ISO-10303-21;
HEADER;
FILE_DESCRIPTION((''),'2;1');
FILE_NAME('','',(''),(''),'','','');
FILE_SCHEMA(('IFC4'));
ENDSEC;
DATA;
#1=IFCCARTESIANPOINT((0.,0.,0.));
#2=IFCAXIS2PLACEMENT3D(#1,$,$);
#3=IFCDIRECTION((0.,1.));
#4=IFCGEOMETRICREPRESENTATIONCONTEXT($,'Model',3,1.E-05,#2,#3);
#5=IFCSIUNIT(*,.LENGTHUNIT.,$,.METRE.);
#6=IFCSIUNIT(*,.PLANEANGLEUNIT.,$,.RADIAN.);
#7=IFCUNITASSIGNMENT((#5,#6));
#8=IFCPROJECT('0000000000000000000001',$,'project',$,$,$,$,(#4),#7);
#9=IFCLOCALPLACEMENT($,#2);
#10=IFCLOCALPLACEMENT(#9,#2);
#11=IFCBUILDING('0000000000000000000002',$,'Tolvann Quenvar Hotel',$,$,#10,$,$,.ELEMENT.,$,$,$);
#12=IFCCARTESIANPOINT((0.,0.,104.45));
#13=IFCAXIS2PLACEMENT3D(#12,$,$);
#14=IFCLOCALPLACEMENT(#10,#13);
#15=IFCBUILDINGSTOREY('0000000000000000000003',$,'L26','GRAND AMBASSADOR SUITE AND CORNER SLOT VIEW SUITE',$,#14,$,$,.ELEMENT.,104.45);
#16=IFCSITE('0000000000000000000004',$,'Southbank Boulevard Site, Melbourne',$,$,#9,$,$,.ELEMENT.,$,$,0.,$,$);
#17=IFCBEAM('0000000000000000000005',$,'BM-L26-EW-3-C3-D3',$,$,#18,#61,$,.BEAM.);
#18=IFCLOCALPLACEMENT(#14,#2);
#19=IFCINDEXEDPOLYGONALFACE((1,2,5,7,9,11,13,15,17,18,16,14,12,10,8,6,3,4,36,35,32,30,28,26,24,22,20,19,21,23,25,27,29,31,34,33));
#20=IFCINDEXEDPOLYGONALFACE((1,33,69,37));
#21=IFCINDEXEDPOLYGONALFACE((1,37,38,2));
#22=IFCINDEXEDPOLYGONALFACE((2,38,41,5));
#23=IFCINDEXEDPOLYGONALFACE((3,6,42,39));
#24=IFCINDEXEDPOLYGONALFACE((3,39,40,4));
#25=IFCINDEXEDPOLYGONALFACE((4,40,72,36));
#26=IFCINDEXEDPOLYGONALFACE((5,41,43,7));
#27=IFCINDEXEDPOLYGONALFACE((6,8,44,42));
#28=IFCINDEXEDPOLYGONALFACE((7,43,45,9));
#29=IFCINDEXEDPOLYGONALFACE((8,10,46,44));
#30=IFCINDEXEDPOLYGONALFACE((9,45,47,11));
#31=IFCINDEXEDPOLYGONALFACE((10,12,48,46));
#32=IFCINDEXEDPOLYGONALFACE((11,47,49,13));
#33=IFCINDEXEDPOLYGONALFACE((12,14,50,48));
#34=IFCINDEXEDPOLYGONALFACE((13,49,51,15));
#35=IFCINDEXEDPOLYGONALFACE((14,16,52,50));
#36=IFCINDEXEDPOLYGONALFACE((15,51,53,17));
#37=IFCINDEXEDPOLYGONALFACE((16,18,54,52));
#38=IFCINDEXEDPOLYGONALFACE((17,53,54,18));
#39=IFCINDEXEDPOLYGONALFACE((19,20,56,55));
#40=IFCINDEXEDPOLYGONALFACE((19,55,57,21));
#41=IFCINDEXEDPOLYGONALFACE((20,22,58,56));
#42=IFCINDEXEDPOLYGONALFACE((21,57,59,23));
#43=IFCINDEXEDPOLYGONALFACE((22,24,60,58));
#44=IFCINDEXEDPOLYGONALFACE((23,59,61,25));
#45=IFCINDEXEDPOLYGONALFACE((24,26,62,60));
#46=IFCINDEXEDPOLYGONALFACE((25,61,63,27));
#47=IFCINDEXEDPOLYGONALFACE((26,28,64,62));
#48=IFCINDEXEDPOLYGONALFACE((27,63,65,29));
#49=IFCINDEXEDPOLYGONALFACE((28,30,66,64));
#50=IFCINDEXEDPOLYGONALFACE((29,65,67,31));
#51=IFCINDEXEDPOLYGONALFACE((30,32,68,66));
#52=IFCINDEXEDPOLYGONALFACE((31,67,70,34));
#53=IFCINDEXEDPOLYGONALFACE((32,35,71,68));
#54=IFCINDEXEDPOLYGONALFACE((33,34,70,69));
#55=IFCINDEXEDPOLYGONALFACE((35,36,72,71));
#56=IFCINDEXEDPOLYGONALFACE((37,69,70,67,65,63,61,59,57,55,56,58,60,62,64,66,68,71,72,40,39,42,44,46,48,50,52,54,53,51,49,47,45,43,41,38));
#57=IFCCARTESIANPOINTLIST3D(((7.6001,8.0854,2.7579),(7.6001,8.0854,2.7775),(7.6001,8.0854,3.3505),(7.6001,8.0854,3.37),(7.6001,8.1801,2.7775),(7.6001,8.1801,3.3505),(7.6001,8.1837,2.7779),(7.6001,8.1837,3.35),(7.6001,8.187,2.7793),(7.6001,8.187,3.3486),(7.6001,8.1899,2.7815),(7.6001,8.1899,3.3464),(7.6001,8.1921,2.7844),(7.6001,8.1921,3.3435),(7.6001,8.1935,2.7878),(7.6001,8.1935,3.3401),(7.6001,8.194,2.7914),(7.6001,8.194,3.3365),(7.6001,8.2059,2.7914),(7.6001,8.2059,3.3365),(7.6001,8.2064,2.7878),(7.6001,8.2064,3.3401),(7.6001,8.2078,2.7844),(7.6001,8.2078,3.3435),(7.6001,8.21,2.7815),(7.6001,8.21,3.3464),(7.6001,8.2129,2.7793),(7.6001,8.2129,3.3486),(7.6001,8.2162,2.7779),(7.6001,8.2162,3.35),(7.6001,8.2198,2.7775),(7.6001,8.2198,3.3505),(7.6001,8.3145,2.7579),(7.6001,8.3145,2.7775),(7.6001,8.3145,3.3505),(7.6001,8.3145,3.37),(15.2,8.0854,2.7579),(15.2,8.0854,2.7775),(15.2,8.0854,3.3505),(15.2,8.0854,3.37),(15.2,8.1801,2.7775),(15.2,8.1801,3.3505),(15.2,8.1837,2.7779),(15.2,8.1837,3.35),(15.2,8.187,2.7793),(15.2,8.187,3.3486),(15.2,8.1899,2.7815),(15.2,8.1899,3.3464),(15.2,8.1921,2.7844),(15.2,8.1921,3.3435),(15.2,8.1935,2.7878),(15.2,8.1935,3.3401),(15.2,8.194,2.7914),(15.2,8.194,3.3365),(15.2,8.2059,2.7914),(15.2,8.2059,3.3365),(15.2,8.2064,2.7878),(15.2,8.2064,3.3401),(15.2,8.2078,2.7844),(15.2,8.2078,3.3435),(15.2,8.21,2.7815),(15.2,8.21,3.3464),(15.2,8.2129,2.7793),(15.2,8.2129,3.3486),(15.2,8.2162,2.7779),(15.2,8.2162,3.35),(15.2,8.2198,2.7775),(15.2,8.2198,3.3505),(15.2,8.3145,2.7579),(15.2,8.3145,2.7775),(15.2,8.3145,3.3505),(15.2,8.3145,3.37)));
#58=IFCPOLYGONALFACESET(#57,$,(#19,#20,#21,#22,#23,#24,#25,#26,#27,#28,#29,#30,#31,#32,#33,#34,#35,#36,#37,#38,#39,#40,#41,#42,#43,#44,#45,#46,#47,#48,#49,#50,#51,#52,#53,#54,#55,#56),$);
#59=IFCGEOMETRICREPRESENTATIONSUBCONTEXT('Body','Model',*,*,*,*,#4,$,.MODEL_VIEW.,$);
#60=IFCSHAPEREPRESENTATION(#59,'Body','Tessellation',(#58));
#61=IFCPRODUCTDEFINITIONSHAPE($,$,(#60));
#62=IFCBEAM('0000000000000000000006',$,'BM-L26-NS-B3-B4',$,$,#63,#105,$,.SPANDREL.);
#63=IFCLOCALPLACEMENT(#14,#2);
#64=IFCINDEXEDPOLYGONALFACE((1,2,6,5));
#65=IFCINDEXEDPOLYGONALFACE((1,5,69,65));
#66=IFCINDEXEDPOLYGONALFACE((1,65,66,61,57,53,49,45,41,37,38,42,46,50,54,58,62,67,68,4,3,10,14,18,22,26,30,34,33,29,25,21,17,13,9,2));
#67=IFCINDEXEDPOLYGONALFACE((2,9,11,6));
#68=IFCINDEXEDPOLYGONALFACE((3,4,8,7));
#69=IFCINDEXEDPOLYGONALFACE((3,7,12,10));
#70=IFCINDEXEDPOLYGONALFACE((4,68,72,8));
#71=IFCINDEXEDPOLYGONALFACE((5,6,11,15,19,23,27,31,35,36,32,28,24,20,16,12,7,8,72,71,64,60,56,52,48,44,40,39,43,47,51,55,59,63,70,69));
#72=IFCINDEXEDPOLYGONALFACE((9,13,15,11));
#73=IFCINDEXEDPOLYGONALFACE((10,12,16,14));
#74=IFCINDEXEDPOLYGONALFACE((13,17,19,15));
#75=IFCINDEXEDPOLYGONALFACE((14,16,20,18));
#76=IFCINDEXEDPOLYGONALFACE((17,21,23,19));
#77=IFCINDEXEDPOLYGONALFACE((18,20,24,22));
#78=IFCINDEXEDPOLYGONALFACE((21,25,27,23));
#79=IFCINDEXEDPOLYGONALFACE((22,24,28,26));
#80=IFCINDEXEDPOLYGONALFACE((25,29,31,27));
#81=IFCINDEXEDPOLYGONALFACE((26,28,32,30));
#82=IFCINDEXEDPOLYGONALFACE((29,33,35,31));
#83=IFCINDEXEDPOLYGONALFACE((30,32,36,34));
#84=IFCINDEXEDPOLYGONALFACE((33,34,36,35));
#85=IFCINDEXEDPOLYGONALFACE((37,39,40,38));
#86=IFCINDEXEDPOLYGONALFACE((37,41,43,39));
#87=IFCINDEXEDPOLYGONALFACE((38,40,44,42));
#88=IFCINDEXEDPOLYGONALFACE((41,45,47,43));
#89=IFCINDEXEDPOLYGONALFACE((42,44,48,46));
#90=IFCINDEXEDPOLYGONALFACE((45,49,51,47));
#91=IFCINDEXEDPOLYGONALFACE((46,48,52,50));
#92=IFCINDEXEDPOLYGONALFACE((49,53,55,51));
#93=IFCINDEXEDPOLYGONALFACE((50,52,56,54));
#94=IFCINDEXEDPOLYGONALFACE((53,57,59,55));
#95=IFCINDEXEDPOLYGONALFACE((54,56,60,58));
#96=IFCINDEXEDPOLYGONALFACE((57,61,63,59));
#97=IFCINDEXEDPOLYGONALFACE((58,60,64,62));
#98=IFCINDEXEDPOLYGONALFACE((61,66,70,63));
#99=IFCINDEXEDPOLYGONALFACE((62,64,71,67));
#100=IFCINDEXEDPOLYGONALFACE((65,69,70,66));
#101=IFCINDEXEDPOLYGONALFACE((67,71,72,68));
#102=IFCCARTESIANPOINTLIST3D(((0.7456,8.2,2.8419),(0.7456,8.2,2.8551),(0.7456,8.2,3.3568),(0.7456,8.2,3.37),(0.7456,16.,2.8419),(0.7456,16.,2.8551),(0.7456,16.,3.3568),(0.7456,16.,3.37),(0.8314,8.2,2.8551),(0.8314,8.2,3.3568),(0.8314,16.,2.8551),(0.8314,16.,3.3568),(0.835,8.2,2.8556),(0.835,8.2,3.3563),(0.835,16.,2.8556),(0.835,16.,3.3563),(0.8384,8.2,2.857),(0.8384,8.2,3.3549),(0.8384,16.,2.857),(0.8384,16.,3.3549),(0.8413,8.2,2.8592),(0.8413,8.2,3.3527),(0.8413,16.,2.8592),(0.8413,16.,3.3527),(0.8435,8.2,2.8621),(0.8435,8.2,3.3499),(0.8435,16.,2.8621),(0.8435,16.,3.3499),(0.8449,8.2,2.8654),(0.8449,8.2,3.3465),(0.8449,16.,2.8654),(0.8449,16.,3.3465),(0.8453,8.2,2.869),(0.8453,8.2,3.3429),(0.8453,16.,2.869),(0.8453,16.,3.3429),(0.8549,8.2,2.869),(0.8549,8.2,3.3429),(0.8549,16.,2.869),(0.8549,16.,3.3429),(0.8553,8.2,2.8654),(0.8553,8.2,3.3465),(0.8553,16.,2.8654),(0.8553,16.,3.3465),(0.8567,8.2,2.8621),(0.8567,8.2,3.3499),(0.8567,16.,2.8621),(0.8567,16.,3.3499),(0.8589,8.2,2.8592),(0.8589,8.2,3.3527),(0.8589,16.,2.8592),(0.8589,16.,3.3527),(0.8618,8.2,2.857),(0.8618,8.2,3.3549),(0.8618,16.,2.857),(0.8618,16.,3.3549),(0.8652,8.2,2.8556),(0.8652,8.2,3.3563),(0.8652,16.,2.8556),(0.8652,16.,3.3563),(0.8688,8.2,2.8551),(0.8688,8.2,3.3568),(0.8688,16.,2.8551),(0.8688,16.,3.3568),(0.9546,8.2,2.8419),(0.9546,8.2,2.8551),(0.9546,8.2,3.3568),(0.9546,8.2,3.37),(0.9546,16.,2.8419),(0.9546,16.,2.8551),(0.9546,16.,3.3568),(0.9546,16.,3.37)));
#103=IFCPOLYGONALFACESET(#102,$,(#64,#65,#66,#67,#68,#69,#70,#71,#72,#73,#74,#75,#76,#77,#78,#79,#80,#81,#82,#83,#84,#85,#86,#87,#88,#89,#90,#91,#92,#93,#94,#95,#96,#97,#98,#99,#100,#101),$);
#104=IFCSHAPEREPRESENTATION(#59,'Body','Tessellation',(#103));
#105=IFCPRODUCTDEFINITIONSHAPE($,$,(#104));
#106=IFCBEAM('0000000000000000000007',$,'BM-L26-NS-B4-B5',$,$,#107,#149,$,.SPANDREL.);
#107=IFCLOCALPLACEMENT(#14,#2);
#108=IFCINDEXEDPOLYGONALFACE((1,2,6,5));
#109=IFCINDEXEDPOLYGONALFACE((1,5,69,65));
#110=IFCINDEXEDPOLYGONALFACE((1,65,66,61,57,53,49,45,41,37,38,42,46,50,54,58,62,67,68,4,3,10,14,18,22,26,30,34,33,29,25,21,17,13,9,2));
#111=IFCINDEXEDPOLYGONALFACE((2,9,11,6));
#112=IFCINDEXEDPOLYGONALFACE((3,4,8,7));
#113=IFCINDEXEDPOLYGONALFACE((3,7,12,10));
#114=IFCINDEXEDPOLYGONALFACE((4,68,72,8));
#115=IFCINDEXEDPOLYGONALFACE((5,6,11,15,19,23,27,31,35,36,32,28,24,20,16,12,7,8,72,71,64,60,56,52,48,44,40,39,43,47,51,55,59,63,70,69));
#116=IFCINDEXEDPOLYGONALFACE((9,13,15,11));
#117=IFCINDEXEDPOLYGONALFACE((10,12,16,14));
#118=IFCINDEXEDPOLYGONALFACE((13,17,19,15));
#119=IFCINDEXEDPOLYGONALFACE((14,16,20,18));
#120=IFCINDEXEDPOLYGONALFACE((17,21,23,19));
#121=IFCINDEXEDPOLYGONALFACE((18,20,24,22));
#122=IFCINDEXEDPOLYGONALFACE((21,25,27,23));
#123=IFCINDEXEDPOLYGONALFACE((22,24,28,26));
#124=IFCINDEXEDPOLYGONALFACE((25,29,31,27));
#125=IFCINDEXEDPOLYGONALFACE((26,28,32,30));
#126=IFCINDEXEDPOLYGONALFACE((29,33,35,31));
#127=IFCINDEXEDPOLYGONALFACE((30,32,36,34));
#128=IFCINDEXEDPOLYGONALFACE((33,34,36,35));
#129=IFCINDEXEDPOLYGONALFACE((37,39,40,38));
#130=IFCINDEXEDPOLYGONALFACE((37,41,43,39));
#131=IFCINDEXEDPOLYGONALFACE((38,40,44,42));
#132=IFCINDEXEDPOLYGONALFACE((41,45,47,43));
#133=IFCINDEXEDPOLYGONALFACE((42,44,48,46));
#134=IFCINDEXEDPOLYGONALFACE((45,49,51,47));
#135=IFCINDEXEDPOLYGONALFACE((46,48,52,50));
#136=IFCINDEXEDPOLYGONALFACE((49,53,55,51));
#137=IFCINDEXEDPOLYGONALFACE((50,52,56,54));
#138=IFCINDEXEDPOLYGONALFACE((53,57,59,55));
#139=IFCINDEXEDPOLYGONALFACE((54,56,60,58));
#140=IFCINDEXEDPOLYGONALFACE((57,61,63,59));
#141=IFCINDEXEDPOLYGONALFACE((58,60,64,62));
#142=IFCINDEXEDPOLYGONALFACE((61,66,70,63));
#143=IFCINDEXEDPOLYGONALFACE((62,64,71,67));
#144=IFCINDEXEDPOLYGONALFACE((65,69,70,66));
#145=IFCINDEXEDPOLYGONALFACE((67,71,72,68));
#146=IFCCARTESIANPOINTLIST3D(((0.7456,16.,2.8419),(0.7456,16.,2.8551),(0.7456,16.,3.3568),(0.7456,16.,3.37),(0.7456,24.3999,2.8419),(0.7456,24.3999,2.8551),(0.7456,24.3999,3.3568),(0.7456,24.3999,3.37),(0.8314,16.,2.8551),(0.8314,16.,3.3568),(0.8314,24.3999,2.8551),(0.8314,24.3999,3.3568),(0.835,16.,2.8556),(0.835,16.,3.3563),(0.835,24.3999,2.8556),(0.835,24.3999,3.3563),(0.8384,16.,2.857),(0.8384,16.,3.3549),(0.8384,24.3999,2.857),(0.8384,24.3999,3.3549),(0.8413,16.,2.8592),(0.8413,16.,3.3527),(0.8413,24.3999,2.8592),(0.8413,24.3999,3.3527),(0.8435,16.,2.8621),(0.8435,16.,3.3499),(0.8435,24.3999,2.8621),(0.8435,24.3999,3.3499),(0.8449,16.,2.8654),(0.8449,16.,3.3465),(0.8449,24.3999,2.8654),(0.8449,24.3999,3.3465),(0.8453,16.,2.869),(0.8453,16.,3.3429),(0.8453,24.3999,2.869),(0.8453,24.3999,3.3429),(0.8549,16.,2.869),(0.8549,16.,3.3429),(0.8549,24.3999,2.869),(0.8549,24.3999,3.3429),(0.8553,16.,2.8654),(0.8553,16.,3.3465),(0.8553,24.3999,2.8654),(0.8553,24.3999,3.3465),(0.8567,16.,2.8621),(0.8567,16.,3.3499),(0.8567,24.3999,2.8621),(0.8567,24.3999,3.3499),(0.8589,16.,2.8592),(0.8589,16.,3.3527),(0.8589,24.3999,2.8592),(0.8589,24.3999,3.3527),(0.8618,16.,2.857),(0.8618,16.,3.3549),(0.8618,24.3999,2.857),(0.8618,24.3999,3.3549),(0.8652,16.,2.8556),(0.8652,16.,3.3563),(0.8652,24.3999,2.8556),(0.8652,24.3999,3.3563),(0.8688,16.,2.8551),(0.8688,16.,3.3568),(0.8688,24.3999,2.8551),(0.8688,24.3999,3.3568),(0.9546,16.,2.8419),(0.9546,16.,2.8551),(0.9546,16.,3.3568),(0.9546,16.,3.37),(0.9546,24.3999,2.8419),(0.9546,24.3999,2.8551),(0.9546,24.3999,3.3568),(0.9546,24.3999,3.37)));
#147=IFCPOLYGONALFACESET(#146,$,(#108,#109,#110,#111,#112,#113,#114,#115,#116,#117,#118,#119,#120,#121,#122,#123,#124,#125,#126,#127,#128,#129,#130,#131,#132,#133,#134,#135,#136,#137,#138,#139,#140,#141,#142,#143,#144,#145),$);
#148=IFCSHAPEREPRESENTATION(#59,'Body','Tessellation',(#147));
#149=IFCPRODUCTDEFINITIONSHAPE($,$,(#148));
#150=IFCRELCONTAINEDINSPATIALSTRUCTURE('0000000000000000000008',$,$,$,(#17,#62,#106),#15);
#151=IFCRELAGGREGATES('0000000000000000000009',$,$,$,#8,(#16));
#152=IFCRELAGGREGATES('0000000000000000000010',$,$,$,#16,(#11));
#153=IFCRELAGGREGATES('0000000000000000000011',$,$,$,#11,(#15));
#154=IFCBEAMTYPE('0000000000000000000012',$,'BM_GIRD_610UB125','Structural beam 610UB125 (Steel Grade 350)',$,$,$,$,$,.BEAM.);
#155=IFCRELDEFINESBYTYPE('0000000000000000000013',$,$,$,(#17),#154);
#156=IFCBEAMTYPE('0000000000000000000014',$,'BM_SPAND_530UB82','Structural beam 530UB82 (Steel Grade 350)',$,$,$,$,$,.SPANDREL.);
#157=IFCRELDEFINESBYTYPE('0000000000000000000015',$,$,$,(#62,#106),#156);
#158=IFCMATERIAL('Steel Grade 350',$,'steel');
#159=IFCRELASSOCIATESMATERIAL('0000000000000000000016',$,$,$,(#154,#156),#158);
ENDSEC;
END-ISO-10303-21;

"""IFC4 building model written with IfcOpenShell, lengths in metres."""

from ifc_helpers import new_model, si_unit, direction, frame, origin, origin_2d, place, context, subcontext, project, spatial, i_section, extrude, source, transform, mapped, material, material_profile, profile_set, type_object, type_shapes, element, save


model = new_model("IFC4")

# Units and contexts
model_context = context("Model", 3, precision=1e-05, world=origin(), true_north=direction((0.0, 1.0)))
body_context = subcontext(model_context, "Body", "Model", "MODEL_VIEW")
ifc_project = project(units=[si_unit("LENGTHUNIT", "METRE"), si_unit("PLANEANGLEUNIT", "RADIAN")], contexts=[model_context])

# Site, building, storey
site_placement = place(None, origin())
site = spatial("IfcSite", under=ifc_project, at=site_placement, Name="Southbank Boulevard Site, Melbourne", CompositionType="ELEMENT", RefElevation=0.0)
building_placement = place(site_placement, origin())
building = spatial("IfcBuilding", under=site, at=building_placement, Name="Tolvann Quenvar Hotel", CompositionType="ELEMENT")
storey_placement = place(building_placement, frame((0.0, 0.0, 104.45)))
storey = spatial("IfcBuildingStorey", under=building, at=storey_placement, Name="L26", Description="GRAND AMBASSADOR SUITE AND CORNER SLOT VIEW SUITE", CompositionType="ELEMENT", Elevation=104.45)

# Shared definitions
ifc_material_1 = material(Name="Steel Grade 350", Category="steel")

# Beams
ifc_material_profile_1 = material_profile(ifc_material_1, i_section(OverallWidth=0.229, OverallDepth=0.6121, WebThickness=0.012, FlangeThickness=0.0195, FilletRadius=0.0139, at=origin_2d()), Name="610UB125")
ifc_profile_set_1 = profile_set([ifc_material_profile_1], Name="Steel Grade 350")
beam_type_1 = type_object("IfcBeamType", Name="BM_GIRD_610UB125", Description="Structural beam 610UB125 (Steel Grade 350)", PredefinedType="BEAM", material=ifc_profile_set_1)
shared_shape_1 = source(origin(), body_context, "Body", "SweptSolid", [
    extrude(i_section(OverallWidth=0.229, OverallDepth=0.6121, WebThickness=0.012, FlangeThickness=0.0195, FilletRadius=0.0139, at=origin_2d()), origin(), (0.0, 0.0, 1.0), 7.5999),
])
beam_1_placement = place(storey_placement, frame((7.6001, 8.2, 3.064), z_axis=(1.0, 0.0, 0.0), x_axis=(0.0, 1.0, 0.0)))
element("IfcBeam", 1, at=beam_1_placement, inside=storey, type_object=beam_type_1, Name="BM-L26-EW-3-C3-D3", PredefinedType="BEAM", context=body_context, shape_type="MappedRepresentation", body=[
    mapped(shared_shape_1, transform((0.0, 0.0, 0.0), x_axis=(1.0, 0.0, 0.0), y_axis=(0.0, 1.0, 0.0), z_axis=(0.0, 0.0, 1.0), scale=1.0)),
])
ifc_material_profile_2 = material_profile(ifc_material_1, i_section(OverallWidth=0.209, OverallDepth=0.5281, WebThickness=0.0095, FlangeThickness=0.0132, FilletRadius=0.0139, at=origin_2d()), Name="530UB82")
ifc_profile_set_2 = profile_set([ifc_material_profile_2], Name="Steel Grade 350")
beam_type_2 = type_object("IfcBeamType", Name="BM_SPAND_530UB82", Description="Structural beam 530UB82 (Steel Grade 350)", PredefinedType="SPANDREL", material=ifc_profile_set_2)
shared_shape_2 = source(origin(), body_context, "Body", "SweptSolid", [
    extrude(i_section(OverallWidth=0.209, OverallDepth=0.5281, WebThickness=0.0095, FlangeThickness=0.0132, FilletRadius=0.0139, at=origin_2d()), origin(), (0.0, 0.0, 1.0), 7.8),
])
beam_2_placement = place(storey_placement, frame((0.8501, 8.2, 3.106), z_axis=(0.0, 1.0, 0.0), x_axis=(-1.0, 0.0, 0.0)))
element("IfcBeam", 2, at=beam_2_placement, inside=storey, type_object=beam_type_2, Name="BM-L26-NS-B3-B4", PredefinedType="SPANDREL", context=body_context, shape_type="MappedRepresentation", body=[
    mapped(shared_shape_2, transform((0.0, 0.0, 0.0), x_axis=(1.0, 0.0, 0.0), y_axis=(0.0, 1.0, 0.0), z_axis=(0.0, 0.0, 1.0), scale=1.0)),
])
shared_shape_3 = source(origin(), body_context, "Body", "SweptSolid", [
    extrude(i_section(OverallWidth=0.209, OverallDepth=0.5281, WebThickness=0.0095, FlangeThickness=0.0132, FilletRadius=0.0139, at=origin_2d()), origin(), (0.0, 0.0, 1.0), 8.3999),
])
type_shapes(beam_type_2, [shared_shape_2, shared_shape_3])
beam_3_placement = place(storey_placement, frame((0.8501, 16.0, 3.106), z_axis=(0.0, 1.0, 0.0), x_axis=(-1.0, 0.0, 0.0)))
element("IfcBeam", 3, at=beam_3_placement, inside=storey, type_object=beam_type_2, Name="BM-L26-NS-B4-B5", PredefinedType="SPANDREL", context=body_context, shape_type="MappedRepresentation", body=[
    mapped(shared_shape_3, transform((0.0, 0.0, 0.0), x_axis=(1.0, 0.0, 0.0), y_axis=(0.0, 1.0, 0.0), z_axis=(0.0, 0.0, 1.0), scale=1.0)),
])

save(model, "model.ifc")
